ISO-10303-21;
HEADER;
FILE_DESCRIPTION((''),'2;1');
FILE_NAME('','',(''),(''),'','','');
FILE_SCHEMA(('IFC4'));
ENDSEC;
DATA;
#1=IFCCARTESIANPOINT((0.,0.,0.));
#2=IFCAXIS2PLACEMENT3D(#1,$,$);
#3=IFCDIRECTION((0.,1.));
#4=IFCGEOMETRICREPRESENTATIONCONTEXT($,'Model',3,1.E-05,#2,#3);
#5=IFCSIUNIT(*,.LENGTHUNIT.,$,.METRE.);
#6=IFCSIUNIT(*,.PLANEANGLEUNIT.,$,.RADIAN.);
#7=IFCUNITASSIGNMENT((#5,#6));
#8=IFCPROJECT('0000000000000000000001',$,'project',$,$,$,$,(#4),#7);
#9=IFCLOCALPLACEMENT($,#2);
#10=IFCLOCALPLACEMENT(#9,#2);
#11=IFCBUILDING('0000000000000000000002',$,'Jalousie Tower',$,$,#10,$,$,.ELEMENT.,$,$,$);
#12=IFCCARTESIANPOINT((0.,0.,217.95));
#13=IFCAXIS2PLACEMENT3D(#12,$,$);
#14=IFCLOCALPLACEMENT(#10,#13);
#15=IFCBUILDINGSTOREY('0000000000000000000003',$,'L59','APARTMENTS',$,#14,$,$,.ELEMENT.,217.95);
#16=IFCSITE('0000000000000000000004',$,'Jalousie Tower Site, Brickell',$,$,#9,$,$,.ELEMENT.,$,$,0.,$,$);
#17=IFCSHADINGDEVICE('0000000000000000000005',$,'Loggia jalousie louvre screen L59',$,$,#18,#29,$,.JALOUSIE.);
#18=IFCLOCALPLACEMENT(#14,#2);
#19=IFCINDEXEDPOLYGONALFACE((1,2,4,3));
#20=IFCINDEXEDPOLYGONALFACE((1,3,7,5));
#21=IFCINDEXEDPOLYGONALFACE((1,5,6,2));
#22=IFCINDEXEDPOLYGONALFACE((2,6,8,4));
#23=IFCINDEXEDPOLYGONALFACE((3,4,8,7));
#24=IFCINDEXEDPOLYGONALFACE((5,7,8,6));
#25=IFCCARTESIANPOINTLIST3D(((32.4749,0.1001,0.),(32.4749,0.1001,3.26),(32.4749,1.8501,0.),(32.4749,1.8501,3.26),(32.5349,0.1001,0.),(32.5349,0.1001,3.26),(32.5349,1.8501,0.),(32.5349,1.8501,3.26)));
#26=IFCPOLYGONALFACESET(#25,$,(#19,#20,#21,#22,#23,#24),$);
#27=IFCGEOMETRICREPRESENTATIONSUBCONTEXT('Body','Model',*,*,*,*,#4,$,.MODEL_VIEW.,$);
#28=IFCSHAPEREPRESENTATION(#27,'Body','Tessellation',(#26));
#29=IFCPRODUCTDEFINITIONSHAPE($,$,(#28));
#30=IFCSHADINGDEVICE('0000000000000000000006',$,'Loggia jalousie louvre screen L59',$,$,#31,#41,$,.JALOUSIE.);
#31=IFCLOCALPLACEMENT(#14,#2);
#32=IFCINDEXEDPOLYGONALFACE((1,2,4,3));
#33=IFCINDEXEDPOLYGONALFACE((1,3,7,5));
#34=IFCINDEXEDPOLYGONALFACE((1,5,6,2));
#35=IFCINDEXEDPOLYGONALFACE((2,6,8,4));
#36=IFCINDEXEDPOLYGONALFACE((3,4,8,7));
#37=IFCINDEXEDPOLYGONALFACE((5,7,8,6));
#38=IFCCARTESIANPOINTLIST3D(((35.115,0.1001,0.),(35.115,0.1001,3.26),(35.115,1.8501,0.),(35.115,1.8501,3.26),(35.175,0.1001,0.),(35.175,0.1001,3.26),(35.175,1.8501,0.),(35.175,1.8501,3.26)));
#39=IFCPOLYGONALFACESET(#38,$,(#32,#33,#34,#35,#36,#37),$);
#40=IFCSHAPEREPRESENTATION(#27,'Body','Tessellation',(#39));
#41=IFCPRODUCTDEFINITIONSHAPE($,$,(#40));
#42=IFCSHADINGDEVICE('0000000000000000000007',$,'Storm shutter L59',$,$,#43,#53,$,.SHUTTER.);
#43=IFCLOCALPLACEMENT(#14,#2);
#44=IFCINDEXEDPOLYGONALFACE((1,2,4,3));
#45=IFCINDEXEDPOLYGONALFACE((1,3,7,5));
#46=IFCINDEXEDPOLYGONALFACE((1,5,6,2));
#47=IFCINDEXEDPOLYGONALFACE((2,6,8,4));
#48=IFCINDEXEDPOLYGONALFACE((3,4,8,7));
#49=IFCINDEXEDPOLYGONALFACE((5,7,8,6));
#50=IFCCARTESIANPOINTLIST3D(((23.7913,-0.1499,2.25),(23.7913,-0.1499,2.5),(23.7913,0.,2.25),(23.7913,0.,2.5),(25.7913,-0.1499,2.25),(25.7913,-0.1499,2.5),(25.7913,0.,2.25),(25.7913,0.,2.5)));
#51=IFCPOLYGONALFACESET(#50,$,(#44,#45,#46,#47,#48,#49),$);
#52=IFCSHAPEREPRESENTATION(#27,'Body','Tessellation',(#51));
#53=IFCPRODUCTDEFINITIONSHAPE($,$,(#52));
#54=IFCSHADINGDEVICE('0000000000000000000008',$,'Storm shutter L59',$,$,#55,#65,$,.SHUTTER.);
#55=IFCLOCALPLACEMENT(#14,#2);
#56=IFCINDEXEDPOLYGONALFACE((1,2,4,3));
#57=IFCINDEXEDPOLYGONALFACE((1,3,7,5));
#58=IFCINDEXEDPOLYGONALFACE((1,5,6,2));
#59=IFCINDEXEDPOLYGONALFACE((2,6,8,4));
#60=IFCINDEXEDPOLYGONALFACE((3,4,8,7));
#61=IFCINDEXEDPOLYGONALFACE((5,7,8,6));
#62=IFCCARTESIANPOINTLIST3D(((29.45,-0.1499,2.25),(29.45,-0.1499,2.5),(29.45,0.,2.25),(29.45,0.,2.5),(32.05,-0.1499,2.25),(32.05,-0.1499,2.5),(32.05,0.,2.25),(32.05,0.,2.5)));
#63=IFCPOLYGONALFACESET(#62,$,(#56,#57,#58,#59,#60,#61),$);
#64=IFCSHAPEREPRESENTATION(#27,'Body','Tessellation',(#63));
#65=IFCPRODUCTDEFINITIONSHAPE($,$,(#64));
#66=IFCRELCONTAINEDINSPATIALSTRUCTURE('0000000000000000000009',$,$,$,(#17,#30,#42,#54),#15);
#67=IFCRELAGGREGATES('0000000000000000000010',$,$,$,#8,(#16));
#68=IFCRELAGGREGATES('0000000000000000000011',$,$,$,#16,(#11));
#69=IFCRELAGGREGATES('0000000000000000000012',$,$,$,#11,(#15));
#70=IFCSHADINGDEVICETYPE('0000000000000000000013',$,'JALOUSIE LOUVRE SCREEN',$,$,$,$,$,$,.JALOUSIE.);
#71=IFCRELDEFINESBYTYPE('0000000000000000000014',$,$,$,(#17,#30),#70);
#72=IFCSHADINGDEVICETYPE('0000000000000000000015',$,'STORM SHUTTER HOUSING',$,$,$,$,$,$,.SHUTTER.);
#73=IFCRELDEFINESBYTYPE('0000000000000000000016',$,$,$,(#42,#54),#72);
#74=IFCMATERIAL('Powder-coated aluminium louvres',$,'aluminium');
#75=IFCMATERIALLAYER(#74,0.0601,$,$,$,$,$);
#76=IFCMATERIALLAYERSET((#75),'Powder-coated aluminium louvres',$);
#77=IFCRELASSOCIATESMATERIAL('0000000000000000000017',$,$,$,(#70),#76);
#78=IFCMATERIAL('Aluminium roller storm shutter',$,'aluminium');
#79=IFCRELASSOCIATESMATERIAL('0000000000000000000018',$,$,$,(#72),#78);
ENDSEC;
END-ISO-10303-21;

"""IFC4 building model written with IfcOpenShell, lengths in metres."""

from ifc_helpers import new_model, si_unit, direction, frame, origin, origin_2d, place, context, subcontext, project, spatial, rectangle, extrude, material, layer, layer_set, type_object, element, save


model = new_model("IFC4")

# Units and contexts
model_context = context("Model", 3, precision=1e-05, world=origin(), true_north=direction((0.0, 1.0)))
body_context = subcontext(model_context, "Body", "Model", "MODEL_VIEW")
ifc_project = project(units=[si_unit("LENGTHUNIT", "METRE"), si_unit("PLANEANGLEUNIT", "RADIAN")], contexts=[model_context])

# Site, building, storey
site_placement = place(None, origin())
site = spatial("IfcSite", under=ifc_project, at=site_placement, Name="Jalousie Tower Site, Brickell", CompositionType="ELEMENT", RefElevation=0.0)
building_placement = place(site_placement, origin())
building = spatial("IfcBuilding", under=site, at=building_placement, Name="Jalousie Tower", CompositionType="ELEMENT")
storey_placement = place(building_placement, frame((0.0, 0.0, 217.95)))
storey = spatial("IfcBuildingStorey", under=building, at=storey_placement, Name="L59", Description="APARTMENTS", CompositionType="ELEMENT", Elevation=217.95)

# Shading devices
ifc_material_1 = material(Name="Powder-coated aluminium louvres", Category="aluminium")
ifc_layer_1 = layer(ifc_material_1, 0.0601)
ifc_layer_set_1 = layer_set([ifc_layer_1], Name="Powder-coated aluminium louvres")
shading_device_type_1 = type_object("IfcShadingDeviceType", Name="JALOUSIE LOUVRE SCREEN", PredefinedType="JALOUSIE", material=ifc_layer_set_1)
for number, where, z_axis, x_axis, name in (
    (1, (32.5049, 0.9751, 0.0), (0.0, 0.0, 1.0), (1.0, 0.0, 0.0), "Loggia jalousie louvre screen L59"),
    (2, (35.145, 0.9751, 0.0), (0.0, 0.0, 1.0), (1.0, 0.0, 0.0), "Loggia jalousie louvre screen L59"),
):
    element("IfcShadingDevice", number, at=place(storey_placement, frame(where, z_axis=z_axis, x_axis=x_axis)), inside=storey, type_object=shading_device_type_1, Name=name, PredefinedType="JALOUSIE", context=body_context, shape_type="SweptSolid", body=[
        extrude(rectangle(XDim=0.0601, YDim=1.75, at=origin_2d()), origin(), (0.0, 0.0, 1.0), 3.26),
    ])
ifc_material_2 = material(Name="Aluminium roller storm shutter", Category="aluminium")
shading_device_type_2 = type_object("IfcShadingDeviceType", Name="STORM SHUTTER HOUSING", PredefinedType="SHUTTER", material=ifc_material_2)
shading_device_1_placement = place(storey_placement, frame((24.7913, -0.075, 2.25), z_axis=(0.0, 0.0, 1.0), x_axis=(1.0, 0.0, 0.0)))
element("IfcShadingDevice", 3, at=shading_device_1_placement, inside=storey, type_object=shading_device_type_2, Name="Storm shutter L59", PredefinedType="SHUTTER", context=body_context, shape_type="SweptSolid", body=[
    extrude(rectangle(XDim=2.0, YDim=0.1499, at=origin_2d()), origin(), (0.0, 0.0, 1.0), 0.25),
])
shading_device_2_placement = place(storey_placement, frame((30.75, -0.075, 2.25), z_axis=(0.0, 0.0, 1.0), x_axis=(1.0, 0.0, 0.0)))
element("IfcShadingDevice", 4, at=shading_device_2_placement, inside=storey, type_object=shading_device_type_2, Name="Storm shutter L59", PredefinedType="SHUTTER", context=body_context, shape_type="SweptSolid", body=[
    extrude(rectangle(XDim=2.6001, YDim=0.1499, at=origin_2d()), origin(), (0.0, 0.0, 1.0), 0.25),
])

save(model, "model.ifc")
